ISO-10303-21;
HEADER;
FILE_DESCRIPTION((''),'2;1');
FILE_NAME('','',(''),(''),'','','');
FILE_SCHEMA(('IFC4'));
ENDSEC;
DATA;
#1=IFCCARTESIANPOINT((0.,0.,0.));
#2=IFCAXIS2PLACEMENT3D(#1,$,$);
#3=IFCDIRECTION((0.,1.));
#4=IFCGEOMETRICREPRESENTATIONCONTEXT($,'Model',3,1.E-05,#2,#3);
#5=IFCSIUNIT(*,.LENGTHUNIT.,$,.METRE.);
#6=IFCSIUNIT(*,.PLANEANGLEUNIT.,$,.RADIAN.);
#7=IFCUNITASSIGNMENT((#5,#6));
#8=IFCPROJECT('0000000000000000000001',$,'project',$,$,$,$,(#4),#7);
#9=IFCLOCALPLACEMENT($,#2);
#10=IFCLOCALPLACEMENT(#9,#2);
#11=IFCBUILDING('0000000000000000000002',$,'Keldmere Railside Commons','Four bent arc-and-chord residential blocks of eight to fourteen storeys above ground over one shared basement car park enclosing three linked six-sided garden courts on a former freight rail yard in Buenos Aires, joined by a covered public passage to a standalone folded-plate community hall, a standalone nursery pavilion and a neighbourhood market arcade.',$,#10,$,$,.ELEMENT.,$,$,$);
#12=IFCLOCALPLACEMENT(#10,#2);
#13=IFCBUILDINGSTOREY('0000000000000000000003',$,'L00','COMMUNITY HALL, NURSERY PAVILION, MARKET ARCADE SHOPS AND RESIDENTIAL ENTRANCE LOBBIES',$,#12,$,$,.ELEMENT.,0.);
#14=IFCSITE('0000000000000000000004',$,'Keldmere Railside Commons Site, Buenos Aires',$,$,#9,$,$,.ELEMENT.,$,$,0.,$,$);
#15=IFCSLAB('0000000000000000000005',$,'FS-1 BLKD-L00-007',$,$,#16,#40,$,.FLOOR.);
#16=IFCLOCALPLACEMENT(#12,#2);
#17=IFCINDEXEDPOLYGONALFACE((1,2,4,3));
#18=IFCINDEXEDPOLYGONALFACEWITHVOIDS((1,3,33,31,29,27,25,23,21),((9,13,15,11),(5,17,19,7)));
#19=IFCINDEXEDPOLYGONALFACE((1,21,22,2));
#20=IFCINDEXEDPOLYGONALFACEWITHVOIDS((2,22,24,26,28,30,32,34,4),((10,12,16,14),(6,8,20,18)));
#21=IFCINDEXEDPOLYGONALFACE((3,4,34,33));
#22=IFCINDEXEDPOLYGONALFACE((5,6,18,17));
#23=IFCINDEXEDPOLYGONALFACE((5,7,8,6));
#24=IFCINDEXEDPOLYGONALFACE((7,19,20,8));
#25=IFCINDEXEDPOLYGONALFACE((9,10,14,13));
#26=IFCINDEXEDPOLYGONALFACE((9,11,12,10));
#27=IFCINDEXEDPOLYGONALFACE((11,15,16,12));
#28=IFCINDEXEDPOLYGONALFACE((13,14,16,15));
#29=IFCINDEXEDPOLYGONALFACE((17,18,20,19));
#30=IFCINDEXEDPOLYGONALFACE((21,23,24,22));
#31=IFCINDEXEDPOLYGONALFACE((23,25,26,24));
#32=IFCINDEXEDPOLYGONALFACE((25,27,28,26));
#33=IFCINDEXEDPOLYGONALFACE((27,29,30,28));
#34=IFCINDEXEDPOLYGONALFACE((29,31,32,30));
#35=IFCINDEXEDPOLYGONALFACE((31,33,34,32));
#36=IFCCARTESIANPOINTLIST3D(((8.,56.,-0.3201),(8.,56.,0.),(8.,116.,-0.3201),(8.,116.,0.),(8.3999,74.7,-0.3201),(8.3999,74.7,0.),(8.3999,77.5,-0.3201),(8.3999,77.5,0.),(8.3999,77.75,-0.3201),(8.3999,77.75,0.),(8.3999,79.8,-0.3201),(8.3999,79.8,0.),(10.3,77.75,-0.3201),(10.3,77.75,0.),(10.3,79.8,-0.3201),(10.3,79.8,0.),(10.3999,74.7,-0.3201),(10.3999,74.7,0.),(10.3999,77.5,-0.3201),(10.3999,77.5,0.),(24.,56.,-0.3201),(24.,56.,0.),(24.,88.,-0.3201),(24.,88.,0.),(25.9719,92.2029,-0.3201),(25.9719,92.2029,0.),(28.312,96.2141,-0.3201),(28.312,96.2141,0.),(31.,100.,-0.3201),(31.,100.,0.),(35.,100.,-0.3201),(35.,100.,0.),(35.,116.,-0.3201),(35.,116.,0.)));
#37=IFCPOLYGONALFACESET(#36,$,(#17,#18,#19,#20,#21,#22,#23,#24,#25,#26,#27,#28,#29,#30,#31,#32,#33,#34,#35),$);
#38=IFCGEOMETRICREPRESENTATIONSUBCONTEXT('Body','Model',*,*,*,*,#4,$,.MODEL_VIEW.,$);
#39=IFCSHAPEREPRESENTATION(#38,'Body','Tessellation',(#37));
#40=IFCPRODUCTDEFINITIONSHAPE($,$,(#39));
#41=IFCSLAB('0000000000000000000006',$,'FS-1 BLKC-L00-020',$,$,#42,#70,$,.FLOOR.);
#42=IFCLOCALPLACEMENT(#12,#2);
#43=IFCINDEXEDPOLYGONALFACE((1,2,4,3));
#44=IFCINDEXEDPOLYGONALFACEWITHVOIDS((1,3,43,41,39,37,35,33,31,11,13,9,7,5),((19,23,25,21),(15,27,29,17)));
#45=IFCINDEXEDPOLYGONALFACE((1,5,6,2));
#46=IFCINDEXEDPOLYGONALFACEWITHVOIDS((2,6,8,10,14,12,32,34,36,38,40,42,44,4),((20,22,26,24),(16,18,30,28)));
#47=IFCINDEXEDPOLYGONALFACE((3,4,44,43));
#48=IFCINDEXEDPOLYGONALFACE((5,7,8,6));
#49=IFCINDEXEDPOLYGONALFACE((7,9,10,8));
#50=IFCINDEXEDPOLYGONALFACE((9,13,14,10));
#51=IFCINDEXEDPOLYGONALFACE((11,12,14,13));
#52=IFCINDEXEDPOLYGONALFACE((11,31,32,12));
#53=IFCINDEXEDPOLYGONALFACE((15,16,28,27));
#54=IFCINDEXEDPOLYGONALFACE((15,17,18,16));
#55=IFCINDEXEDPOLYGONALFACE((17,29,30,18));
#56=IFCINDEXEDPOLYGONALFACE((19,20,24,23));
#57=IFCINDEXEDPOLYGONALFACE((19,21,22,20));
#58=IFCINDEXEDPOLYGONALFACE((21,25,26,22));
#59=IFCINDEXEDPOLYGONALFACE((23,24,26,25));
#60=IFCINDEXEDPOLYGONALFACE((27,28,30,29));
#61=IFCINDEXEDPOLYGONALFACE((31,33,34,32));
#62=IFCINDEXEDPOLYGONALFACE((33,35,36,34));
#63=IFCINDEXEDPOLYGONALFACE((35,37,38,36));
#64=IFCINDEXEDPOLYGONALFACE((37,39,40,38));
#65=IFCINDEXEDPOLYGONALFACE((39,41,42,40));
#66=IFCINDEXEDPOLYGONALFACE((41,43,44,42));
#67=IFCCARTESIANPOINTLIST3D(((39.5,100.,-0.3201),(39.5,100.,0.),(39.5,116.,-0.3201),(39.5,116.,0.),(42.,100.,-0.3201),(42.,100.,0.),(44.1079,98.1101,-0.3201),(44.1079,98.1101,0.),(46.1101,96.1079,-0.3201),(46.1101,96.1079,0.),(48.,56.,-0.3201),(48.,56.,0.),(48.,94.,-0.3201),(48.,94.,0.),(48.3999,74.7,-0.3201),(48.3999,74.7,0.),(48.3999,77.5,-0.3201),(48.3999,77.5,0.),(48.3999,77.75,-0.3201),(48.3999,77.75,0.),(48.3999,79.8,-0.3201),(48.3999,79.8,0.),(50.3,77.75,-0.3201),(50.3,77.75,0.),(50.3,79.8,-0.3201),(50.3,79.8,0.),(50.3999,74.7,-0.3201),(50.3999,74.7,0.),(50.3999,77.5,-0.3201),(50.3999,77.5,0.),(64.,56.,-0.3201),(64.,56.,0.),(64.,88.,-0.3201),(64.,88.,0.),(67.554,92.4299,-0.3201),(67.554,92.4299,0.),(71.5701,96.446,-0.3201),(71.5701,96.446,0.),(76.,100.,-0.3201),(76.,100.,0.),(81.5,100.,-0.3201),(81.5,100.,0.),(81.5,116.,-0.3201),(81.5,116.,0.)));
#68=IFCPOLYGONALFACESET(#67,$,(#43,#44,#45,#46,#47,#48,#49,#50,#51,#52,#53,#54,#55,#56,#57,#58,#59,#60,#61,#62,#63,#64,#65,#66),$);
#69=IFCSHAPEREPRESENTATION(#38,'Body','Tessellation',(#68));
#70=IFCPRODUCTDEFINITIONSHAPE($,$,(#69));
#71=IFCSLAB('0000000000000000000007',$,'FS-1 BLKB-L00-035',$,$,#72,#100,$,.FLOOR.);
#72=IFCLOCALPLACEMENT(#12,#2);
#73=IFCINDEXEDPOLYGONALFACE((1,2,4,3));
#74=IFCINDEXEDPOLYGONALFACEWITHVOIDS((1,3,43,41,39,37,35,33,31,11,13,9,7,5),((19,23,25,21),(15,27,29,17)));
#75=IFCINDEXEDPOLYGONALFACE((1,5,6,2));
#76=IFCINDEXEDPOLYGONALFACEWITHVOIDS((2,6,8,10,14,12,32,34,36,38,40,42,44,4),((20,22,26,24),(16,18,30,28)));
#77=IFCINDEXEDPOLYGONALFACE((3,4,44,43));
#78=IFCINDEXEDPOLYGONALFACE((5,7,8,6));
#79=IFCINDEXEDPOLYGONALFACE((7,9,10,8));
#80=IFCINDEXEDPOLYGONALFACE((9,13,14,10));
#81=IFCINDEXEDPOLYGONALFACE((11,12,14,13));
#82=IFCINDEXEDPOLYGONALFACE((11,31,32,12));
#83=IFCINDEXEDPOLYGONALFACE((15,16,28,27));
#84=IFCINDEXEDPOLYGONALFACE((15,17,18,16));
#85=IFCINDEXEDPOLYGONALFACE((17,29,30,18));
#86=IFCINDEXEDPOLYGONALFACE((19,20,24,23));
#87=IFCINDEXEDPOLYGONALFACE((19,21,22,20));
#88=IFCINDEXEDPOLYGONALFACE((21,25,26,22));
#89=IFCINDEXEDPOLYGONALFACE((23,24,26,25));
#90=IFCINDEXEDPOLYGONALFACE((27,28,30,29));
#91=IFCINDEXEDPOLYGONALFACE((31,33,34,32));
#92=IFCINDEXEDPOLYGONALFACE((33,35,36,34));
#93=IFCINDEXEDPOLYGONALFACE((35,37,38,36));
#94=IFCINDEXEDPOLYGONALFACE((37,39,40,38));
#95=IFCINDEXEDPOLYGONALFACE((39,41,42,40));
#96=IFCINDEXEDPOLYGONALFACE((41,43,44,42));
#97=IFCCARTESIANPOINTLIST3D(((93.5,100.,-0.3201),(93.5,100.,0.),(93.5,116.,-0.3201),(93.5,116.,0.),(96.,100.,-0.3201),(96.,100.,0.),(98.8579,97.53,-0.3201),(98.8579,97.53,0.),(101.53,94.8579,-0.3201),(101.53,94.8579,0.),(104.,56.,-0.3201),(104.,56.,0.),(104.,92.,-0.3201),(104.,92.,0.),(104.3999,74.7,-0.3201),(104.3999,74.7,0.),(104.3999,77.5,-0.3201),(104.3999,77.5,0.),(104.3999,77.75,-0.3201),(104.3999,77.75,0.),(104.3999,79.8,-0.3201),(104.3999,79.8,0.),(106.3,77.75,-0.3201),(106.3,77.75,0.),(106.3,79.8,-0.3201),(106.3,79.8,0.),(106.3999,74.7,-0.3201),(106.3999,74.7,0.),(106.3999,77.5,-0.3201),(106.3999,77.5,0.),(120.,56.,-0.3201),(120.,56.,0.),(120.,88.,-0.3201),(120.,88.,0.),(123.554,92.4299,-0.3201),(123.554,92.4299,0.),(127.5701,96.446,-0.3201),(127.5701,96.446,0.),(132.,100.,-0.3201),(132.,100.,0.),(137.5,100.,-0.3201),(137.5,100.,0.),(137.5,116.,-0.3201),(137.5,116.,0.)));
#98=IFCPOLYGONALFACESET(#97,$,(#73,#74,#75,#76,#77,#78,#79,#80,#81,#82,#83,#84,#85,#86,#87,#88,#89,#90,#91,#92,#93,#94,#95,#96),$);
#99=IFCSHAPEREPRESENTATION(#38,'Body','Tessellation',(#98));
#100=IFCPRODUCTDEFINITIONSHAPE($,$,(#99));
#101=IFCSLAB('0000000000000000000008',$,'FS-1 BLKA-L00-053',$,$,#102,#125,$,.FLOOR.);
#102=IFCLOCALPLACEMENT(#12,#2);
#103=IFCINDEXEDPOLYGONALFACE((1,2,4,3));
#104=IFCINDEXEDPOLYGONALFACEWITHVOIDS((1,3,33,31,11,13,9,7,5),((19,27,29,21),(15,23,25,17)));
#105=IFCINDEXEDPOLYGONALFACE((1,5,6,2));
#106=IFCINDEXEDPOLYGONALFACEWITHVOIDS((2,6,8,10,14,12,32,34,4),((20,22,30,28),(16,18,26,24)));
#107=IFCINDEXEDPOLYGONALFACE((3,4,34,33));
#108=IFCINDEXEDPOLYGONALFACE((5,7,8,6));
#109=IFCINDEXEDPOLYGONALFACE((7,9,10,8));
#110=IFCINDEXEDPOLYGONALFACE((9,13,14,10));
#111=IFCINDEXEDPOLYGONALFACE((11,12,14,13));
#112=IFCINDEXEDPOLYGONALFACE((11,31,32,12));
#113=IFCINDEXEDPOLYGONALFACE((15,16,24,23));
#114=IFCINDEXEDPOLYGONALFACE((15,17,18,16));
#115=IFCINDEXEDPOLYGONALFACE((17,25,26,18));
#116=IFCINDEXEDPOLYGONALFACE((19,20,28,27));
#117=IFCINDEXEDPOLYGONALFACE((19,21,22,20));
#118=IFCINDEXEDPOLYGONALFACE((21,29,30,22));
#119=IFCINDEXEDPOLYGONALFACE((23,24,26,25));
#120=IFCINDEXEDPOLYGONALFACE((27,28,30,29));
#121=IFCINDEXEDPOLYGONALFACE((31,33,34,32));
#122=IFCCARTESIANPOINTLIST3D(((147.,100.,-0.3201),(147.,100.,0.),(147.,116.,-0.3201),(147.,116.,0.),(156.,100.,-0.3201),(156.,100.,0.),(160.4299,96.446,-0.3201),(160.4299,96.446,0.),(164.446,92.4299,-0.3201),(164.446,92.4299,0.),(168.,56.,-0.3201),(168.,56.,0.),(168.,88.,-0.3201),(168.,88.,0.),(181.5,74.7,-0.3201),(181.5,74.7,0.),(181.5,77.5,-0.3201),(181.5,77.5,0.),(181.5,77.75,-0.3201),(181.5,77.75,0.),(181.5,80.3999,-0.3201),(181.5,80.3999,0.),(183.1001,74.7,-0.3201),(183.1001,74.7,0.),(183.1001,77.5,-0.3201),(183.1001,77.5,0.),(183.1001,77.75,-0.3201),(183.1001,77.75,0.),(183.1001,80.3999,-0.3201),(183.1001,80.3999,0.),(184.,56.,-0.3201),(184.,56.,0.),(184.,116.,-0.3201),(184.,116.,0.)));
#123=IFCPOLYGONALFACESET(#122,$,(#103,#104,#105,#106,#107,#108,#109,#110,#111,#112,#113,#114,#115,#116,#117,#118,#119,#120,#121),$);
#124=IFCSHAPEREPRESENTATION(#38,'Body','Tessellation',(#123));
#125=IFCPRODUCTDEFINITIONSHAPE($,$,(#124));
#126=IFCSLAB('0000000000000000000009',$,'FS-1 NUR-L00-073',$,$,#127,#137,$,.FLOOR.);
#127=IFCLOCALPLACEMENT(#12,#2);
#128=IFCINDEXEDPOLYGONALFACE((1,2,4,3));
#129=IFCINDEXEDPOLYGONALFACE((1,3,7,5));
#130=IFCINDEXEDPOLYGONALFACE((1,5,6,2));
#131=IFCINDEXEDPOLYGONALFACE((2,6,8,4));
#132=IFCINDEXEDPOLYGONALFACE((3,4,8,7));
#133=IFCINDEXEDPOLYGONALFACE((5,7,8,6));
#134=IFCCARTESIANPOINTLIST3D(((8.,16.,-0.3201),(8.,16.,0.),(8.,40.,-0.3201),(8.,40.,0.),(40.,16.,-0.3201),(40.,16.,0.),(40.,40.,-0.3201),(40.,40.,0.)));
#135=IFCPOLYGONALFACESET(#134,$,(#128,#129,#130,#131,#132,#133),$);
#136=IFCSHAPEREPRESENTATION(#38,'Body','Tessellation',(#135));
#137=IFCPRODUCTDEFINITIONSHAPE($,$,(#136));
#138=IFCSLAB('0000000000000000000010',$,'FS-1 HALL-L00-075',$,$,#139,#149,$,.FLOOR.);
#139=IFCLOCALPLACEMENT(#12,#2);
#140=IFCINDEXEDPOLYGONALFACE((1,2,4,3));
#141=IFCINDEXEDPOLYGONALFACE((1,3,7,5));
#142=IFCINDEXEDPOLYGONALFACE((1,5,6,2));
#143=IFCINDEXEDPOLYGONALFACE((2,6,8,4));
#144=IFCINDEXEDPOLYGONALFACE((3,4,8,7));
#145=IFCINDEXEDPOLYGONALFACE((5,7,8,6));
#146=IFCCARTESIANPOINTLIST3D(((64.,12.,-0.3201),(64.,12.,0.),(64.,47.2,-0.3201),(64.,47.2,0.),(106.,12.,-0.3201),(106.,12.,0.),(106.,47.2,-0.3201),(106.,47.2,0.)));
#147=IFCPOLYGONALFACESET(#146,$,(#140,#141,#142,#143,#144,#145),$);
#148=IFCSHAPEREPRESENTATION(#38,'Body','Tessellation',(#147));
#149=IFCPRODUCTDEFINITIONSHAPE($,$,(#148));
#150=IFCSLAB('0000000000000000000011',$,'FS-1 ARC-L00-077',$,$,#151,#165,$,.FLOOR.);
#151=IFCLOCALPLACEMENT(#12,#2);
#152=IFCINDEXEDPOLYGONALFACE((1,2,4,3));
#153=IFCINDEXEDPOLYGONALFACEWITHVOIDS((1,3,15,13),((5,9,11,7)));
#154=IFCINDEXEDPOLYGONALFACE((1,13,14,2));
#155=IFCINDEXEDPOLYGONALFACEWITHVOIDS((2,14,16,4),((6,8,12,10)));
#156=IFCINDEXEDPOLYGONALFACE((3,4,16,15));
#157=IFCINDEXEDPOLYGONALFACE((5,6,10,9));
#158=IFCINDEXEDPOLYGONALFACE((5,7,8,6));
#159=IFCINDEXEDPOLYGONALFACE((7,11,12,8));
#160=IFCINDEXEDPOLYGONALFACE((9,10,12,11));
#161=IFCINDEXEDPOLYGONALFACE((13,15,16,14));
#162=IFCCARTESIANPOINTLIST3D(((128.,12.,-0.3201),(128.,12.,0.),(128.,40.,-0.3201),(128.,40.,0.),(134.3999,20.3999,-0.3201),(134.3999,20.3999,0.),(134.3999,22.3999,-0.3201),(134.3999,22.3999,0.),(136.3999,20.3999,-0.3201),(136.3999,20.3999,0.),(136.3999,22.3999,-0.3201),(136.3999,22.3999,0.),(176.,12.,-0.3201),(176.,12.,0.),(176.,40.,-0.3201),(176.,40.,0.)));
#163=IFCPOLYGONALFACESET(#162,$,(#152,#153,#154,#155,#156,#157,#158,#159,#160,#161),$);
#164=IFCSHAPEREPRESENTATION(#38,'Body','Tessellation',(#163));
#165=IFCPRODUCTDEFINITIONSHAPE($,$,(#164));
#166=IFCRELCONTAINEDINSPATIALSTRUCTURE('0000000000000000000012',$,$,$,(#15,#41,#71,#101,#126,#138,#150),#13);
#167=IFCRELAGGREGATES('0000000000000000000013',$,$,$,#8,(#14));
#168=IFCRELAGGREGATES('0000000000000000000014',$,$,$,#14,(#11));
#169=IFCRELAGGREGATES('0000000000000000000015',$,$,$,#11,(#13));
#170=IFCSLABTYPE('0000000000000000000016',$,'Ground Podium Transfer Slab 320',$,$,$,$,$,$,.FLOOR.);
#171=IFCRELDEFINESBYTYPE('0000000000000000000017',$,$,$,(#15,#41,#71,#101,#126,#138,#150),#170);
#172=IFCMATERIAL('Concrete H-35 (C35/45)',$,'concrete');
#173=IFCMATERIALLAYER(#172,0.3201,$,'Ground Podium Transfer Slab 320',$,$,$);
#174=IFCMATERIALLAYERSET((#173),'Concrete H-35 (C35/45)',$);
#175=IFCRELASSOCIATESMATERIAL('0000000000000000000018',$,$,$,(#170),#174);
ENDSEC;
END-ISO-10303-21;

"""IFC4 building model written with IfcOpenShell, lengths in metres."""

from ifc_helpers import new_model, si_unit, direction, frame, origin, place, context, subcontext, project, spatial, polyline, outline, extrude, material, layer, layer_set, type_object, element, save


model = new_model("IFC4")

# Units and contexts
model_context = context("Model", 3, precision=1e-05, world=origin(), true_north=direction((0.0, 1.0)))
body_context = subcontext(model_context, "Body", "Model", "MODEL_VIEW")
ifc_project = project(units=[si_unit("LENGTHUNIT", "METRE"), si_unit("PLANEANGLEUNIT", "RADIAN")], contexts=[model_context])

# Site, building, storey
site_placement = place(None, origin())
site = spatial("IfcSite", under=ifc_project, at=site_placement, Name="Keldmere Railside Commons Site, Buenos Aires", CompositionType="ELEMENT", RefElevation=0.0)
building_placement = place(site_placement, origin())
building = spatial("IfcBuilding", under=site, at=building_placement, Name="Keldmere Railside Commons", Description="Four bent arc-and-chord residential blocks of eight to fourteen storeys above ground over one shared basement car park enclosing three linked six-sided garden courts on a former freight rail yard in Buenos Aires, joined by a covered public passage to a standalone folded-plate community hall, a standalone nursery pavilion and a neighbourhood market arcade.", CompositionType="ELEMENT")
storey_placement = place(building_placement, origin())
storey = spatial("IfcBuildingStorey", under=building, at=storey_placement, Name="L00", Description="COMMUNITY HALL, NURSERY PAVILION, MARKET ARCADE SHOPS AND RESIDENTIAL ENTRANCE LOBBIES", CompositionType="ELEMENT", Elevation=0.0)

# Shared definitions
ifc_material_1 = material(Name="Concrete H-35 (C35/45)", Category="concrete")

# Slabs
ifc_layer_1 = layer(ifc_material_1, 0.3201, Name="Ground Podium Transfer Slab 320")
ifc_layer_set_1 = layer_set([ifc_layer_1], Name="Concrete H-35 (C35/45)")
slab_type_1 = type_object("IfcSlabType", Name="Ground Podium Transfer Slab 320", PredefinedType="FLOOR", material=ifc_layer_set_1)
slab_1_placement = place(storey_placement, frame((0.0, 0.0, -0.3201)))
element("IfcSlab", 1, at=slab_1_placement, inside=storey, type_object=slab_type_1, Name="FS-1 BLKD-L00-007", PredefinedType="FLOOR", context=body_context, shape_type="SweptSolid", body=[
    extrude(outline(polyline([(8.0, 56.0), (24.0, 56.0), (24.0, 88.0), (25.9719, 92.2029), (28.312, 96.2141), (31.0, 100.0), (35.0, 100.0), (35.0, 116.0), (8.0, 116.0), (8.0, 56.0)]), holes=[polyline([(10.3999, 74.7), (8.3999, 74.7), (8.3999, 77.5), (10.3999, 77.5), (10.3999, 74.7)]), polyline([(10.3, 77.75), (8.3999, 77.75), (8.3999, 79.8), (10.3, 79.8), (10.3, 77.75)])]), origin(), (0.0, 0.0, 1.0), 0.3201),
])
slab_2_placement = place(storey_placement, frame((0.0, 0.0, -0.3201)))
element("IfcSlab", 2, at=slab_2_placement, inside=storey, type_object=slab_type_1, Name="FS-1 BLKC-L00-020", PredefinedType="FLOOR", context=body_context, shape_type="SweptSolid", body=[
    extrude(outline(polyline([(48.0, 56.0), (64.0, 56.0), (64.0, 88.0), (67.554, 92.4299), (71.5701, 96.446), (76.0, 100.0), (81.5, 100.0), (81.5, 116.0), (39.5, 116.0), (39.5, 100.0), (42.0, 100.0), (44.1079, 98.1101), (46.1101, 96.1079), (48.0, 94.0), (48.0, 56.0)]), holes=[polyline([(50.3999, 74.7), (48.3999, 74.7), (48.3999, 77.5), (50.3999, 77.5), (50.3999, 74.7)]), polyline([(50.3, 77.75), (48.3999, 77.75), (48.3999, 79.8), (50.3, 79.8), (50.3, 77.75)])]), origin(), (0.0, 0.0, 1.0), 0.3201),
])
slab_3_placement = place(storey_placement, frame((0.0, 0.0, -0.3201)))
element("IfcSlab", 3, at=slab_3_placement, inside=storey, type_object=slab_type_1, Name="FS-1 BLKB-L00-035", PredefinedType="FLOOR", context=body_context, shape_type="SweptSolid", body=[
    extrude(outline(polyline([(104.0, 56.0), (120.0, 56.0), (120.0, 88.0), (123.554, 92.4299), (127.5701, 96.446), (132.0, 100.0), (137.5, 100.0), (137.5, 116.0), (93.5, 116.0), (93.5, 100.0), (96.0, 100.0), (98.8579, 97.53), (101.53, 94.8579), (104.0, 92.0), (104.0, 56.0)]), holes=[polyline([(106.3999, 74.7), (104.3999, 74.7), (104.3999, 77.5), (106.3999, 77.5), (106.3999, 74.7)]), polyline([(106.3, 77.75), (104.3999, 77.75), (104.3999, 79.8), (106.3, 79.8), (106.3, 77.75)])]), origin(), (0.0, 0.0, 1.0), 0.3201),
])
slab_4_placement = place(storey_placement, frame((0.0, 0.0, -0.3201)))
element("IfcSlab", 4, at=slab_4_placement, inside=storey, type_object=slab_type_1, Name="FS-1 BLKA-L00-053", PredefinedType="FLOOR", context=body_context, shape_type="SweptSolid", body=[
    extrude(outline(polyline([(168.0, 56.0), (184.0, 56.0), (184.0, 116.0), (147.0, 116.0), (147.0, 100.0), (156.0, 100.0), (160.4299, 96.446), (164.446, 92.4299), (168.0, 88.0), (168.0, 56.0)]), holes=[polyline([(183.1001, 74.7), (181.5, 74.7), (181.5, 77.5), (183.1001, 77.5), (183.1001, 74.7)]), polyline([(183.1001, 77.75), (181.5, 77.75), (181.5, 80.3999), (183.1001, 80.3999), (183.1001, 77.75)])]), origin(), (0.0, 0.0, 1.0), 0.3201),
])
slab_5_placement = place(storey_placement, frame((0.0, 0.0, -0.3201)))
element("IfcSlab", 5, at=slab_5_placement, inside=storey, type_object=slab_type_1, Name="FS-1 NUR-L00-073", PredefinedType="FLOOR", context=body_context, shape_type="SweptSolid", body=[
    extrude(outline(polyline([(40.0, 16.0), (40.0, 40.0), (8.0, 40.0), (8.0, 16.0), (40.0, 16.0)])), origin(), (0.0, 0.0, 1.0), 0.3201),
])
slab_6_placement = place(storey_placement, frame((0.0, 0.0, -0.3201)))
element("IfcSlab", 6, at=slab_6_placement, inside=storey, type_object=slab_type_1, Name="FS-1 HALL-L00-075", PredefinedType="FLOOR", context=body_context, shape_type="SweptSolid", body=[
    extrude(outline(polyline([(106.0, 12.0), (106.0, 47.2), (64.0, 47.2), (64.0, 12.0), (106.0, 12.0)])), origin(), (0.0, 0.0, 1.0), 0.3201),
])
slab_7_placement = place(storey_placement, frame((0.0, 0.0, -0.3201)))
element("IfcSlab", 7, at=slab_7_placement, inside=storey, type_object=slab_type_1, Name="FS-1 ARC-L00-077", PredefinedType="FLOOR", context=body_context, shape_type="SweptSolid", body=[
    extrude(outline(polyline([(176.0, 12.0), (176.0, 40.0), (128.0, 40.0), (128.0, 12.0), (176.0, 12.0)]), holes=[polyline([(136.3999, 20.3999), (134.3999, 20.3999), (134.3999, 22.3999), (136.3999, 22.3999), (136.3999, 20.3999)])]), origin(), (0.0, 0.0, 1.0), 0.3201),
])

save(model, "model.ifc")
